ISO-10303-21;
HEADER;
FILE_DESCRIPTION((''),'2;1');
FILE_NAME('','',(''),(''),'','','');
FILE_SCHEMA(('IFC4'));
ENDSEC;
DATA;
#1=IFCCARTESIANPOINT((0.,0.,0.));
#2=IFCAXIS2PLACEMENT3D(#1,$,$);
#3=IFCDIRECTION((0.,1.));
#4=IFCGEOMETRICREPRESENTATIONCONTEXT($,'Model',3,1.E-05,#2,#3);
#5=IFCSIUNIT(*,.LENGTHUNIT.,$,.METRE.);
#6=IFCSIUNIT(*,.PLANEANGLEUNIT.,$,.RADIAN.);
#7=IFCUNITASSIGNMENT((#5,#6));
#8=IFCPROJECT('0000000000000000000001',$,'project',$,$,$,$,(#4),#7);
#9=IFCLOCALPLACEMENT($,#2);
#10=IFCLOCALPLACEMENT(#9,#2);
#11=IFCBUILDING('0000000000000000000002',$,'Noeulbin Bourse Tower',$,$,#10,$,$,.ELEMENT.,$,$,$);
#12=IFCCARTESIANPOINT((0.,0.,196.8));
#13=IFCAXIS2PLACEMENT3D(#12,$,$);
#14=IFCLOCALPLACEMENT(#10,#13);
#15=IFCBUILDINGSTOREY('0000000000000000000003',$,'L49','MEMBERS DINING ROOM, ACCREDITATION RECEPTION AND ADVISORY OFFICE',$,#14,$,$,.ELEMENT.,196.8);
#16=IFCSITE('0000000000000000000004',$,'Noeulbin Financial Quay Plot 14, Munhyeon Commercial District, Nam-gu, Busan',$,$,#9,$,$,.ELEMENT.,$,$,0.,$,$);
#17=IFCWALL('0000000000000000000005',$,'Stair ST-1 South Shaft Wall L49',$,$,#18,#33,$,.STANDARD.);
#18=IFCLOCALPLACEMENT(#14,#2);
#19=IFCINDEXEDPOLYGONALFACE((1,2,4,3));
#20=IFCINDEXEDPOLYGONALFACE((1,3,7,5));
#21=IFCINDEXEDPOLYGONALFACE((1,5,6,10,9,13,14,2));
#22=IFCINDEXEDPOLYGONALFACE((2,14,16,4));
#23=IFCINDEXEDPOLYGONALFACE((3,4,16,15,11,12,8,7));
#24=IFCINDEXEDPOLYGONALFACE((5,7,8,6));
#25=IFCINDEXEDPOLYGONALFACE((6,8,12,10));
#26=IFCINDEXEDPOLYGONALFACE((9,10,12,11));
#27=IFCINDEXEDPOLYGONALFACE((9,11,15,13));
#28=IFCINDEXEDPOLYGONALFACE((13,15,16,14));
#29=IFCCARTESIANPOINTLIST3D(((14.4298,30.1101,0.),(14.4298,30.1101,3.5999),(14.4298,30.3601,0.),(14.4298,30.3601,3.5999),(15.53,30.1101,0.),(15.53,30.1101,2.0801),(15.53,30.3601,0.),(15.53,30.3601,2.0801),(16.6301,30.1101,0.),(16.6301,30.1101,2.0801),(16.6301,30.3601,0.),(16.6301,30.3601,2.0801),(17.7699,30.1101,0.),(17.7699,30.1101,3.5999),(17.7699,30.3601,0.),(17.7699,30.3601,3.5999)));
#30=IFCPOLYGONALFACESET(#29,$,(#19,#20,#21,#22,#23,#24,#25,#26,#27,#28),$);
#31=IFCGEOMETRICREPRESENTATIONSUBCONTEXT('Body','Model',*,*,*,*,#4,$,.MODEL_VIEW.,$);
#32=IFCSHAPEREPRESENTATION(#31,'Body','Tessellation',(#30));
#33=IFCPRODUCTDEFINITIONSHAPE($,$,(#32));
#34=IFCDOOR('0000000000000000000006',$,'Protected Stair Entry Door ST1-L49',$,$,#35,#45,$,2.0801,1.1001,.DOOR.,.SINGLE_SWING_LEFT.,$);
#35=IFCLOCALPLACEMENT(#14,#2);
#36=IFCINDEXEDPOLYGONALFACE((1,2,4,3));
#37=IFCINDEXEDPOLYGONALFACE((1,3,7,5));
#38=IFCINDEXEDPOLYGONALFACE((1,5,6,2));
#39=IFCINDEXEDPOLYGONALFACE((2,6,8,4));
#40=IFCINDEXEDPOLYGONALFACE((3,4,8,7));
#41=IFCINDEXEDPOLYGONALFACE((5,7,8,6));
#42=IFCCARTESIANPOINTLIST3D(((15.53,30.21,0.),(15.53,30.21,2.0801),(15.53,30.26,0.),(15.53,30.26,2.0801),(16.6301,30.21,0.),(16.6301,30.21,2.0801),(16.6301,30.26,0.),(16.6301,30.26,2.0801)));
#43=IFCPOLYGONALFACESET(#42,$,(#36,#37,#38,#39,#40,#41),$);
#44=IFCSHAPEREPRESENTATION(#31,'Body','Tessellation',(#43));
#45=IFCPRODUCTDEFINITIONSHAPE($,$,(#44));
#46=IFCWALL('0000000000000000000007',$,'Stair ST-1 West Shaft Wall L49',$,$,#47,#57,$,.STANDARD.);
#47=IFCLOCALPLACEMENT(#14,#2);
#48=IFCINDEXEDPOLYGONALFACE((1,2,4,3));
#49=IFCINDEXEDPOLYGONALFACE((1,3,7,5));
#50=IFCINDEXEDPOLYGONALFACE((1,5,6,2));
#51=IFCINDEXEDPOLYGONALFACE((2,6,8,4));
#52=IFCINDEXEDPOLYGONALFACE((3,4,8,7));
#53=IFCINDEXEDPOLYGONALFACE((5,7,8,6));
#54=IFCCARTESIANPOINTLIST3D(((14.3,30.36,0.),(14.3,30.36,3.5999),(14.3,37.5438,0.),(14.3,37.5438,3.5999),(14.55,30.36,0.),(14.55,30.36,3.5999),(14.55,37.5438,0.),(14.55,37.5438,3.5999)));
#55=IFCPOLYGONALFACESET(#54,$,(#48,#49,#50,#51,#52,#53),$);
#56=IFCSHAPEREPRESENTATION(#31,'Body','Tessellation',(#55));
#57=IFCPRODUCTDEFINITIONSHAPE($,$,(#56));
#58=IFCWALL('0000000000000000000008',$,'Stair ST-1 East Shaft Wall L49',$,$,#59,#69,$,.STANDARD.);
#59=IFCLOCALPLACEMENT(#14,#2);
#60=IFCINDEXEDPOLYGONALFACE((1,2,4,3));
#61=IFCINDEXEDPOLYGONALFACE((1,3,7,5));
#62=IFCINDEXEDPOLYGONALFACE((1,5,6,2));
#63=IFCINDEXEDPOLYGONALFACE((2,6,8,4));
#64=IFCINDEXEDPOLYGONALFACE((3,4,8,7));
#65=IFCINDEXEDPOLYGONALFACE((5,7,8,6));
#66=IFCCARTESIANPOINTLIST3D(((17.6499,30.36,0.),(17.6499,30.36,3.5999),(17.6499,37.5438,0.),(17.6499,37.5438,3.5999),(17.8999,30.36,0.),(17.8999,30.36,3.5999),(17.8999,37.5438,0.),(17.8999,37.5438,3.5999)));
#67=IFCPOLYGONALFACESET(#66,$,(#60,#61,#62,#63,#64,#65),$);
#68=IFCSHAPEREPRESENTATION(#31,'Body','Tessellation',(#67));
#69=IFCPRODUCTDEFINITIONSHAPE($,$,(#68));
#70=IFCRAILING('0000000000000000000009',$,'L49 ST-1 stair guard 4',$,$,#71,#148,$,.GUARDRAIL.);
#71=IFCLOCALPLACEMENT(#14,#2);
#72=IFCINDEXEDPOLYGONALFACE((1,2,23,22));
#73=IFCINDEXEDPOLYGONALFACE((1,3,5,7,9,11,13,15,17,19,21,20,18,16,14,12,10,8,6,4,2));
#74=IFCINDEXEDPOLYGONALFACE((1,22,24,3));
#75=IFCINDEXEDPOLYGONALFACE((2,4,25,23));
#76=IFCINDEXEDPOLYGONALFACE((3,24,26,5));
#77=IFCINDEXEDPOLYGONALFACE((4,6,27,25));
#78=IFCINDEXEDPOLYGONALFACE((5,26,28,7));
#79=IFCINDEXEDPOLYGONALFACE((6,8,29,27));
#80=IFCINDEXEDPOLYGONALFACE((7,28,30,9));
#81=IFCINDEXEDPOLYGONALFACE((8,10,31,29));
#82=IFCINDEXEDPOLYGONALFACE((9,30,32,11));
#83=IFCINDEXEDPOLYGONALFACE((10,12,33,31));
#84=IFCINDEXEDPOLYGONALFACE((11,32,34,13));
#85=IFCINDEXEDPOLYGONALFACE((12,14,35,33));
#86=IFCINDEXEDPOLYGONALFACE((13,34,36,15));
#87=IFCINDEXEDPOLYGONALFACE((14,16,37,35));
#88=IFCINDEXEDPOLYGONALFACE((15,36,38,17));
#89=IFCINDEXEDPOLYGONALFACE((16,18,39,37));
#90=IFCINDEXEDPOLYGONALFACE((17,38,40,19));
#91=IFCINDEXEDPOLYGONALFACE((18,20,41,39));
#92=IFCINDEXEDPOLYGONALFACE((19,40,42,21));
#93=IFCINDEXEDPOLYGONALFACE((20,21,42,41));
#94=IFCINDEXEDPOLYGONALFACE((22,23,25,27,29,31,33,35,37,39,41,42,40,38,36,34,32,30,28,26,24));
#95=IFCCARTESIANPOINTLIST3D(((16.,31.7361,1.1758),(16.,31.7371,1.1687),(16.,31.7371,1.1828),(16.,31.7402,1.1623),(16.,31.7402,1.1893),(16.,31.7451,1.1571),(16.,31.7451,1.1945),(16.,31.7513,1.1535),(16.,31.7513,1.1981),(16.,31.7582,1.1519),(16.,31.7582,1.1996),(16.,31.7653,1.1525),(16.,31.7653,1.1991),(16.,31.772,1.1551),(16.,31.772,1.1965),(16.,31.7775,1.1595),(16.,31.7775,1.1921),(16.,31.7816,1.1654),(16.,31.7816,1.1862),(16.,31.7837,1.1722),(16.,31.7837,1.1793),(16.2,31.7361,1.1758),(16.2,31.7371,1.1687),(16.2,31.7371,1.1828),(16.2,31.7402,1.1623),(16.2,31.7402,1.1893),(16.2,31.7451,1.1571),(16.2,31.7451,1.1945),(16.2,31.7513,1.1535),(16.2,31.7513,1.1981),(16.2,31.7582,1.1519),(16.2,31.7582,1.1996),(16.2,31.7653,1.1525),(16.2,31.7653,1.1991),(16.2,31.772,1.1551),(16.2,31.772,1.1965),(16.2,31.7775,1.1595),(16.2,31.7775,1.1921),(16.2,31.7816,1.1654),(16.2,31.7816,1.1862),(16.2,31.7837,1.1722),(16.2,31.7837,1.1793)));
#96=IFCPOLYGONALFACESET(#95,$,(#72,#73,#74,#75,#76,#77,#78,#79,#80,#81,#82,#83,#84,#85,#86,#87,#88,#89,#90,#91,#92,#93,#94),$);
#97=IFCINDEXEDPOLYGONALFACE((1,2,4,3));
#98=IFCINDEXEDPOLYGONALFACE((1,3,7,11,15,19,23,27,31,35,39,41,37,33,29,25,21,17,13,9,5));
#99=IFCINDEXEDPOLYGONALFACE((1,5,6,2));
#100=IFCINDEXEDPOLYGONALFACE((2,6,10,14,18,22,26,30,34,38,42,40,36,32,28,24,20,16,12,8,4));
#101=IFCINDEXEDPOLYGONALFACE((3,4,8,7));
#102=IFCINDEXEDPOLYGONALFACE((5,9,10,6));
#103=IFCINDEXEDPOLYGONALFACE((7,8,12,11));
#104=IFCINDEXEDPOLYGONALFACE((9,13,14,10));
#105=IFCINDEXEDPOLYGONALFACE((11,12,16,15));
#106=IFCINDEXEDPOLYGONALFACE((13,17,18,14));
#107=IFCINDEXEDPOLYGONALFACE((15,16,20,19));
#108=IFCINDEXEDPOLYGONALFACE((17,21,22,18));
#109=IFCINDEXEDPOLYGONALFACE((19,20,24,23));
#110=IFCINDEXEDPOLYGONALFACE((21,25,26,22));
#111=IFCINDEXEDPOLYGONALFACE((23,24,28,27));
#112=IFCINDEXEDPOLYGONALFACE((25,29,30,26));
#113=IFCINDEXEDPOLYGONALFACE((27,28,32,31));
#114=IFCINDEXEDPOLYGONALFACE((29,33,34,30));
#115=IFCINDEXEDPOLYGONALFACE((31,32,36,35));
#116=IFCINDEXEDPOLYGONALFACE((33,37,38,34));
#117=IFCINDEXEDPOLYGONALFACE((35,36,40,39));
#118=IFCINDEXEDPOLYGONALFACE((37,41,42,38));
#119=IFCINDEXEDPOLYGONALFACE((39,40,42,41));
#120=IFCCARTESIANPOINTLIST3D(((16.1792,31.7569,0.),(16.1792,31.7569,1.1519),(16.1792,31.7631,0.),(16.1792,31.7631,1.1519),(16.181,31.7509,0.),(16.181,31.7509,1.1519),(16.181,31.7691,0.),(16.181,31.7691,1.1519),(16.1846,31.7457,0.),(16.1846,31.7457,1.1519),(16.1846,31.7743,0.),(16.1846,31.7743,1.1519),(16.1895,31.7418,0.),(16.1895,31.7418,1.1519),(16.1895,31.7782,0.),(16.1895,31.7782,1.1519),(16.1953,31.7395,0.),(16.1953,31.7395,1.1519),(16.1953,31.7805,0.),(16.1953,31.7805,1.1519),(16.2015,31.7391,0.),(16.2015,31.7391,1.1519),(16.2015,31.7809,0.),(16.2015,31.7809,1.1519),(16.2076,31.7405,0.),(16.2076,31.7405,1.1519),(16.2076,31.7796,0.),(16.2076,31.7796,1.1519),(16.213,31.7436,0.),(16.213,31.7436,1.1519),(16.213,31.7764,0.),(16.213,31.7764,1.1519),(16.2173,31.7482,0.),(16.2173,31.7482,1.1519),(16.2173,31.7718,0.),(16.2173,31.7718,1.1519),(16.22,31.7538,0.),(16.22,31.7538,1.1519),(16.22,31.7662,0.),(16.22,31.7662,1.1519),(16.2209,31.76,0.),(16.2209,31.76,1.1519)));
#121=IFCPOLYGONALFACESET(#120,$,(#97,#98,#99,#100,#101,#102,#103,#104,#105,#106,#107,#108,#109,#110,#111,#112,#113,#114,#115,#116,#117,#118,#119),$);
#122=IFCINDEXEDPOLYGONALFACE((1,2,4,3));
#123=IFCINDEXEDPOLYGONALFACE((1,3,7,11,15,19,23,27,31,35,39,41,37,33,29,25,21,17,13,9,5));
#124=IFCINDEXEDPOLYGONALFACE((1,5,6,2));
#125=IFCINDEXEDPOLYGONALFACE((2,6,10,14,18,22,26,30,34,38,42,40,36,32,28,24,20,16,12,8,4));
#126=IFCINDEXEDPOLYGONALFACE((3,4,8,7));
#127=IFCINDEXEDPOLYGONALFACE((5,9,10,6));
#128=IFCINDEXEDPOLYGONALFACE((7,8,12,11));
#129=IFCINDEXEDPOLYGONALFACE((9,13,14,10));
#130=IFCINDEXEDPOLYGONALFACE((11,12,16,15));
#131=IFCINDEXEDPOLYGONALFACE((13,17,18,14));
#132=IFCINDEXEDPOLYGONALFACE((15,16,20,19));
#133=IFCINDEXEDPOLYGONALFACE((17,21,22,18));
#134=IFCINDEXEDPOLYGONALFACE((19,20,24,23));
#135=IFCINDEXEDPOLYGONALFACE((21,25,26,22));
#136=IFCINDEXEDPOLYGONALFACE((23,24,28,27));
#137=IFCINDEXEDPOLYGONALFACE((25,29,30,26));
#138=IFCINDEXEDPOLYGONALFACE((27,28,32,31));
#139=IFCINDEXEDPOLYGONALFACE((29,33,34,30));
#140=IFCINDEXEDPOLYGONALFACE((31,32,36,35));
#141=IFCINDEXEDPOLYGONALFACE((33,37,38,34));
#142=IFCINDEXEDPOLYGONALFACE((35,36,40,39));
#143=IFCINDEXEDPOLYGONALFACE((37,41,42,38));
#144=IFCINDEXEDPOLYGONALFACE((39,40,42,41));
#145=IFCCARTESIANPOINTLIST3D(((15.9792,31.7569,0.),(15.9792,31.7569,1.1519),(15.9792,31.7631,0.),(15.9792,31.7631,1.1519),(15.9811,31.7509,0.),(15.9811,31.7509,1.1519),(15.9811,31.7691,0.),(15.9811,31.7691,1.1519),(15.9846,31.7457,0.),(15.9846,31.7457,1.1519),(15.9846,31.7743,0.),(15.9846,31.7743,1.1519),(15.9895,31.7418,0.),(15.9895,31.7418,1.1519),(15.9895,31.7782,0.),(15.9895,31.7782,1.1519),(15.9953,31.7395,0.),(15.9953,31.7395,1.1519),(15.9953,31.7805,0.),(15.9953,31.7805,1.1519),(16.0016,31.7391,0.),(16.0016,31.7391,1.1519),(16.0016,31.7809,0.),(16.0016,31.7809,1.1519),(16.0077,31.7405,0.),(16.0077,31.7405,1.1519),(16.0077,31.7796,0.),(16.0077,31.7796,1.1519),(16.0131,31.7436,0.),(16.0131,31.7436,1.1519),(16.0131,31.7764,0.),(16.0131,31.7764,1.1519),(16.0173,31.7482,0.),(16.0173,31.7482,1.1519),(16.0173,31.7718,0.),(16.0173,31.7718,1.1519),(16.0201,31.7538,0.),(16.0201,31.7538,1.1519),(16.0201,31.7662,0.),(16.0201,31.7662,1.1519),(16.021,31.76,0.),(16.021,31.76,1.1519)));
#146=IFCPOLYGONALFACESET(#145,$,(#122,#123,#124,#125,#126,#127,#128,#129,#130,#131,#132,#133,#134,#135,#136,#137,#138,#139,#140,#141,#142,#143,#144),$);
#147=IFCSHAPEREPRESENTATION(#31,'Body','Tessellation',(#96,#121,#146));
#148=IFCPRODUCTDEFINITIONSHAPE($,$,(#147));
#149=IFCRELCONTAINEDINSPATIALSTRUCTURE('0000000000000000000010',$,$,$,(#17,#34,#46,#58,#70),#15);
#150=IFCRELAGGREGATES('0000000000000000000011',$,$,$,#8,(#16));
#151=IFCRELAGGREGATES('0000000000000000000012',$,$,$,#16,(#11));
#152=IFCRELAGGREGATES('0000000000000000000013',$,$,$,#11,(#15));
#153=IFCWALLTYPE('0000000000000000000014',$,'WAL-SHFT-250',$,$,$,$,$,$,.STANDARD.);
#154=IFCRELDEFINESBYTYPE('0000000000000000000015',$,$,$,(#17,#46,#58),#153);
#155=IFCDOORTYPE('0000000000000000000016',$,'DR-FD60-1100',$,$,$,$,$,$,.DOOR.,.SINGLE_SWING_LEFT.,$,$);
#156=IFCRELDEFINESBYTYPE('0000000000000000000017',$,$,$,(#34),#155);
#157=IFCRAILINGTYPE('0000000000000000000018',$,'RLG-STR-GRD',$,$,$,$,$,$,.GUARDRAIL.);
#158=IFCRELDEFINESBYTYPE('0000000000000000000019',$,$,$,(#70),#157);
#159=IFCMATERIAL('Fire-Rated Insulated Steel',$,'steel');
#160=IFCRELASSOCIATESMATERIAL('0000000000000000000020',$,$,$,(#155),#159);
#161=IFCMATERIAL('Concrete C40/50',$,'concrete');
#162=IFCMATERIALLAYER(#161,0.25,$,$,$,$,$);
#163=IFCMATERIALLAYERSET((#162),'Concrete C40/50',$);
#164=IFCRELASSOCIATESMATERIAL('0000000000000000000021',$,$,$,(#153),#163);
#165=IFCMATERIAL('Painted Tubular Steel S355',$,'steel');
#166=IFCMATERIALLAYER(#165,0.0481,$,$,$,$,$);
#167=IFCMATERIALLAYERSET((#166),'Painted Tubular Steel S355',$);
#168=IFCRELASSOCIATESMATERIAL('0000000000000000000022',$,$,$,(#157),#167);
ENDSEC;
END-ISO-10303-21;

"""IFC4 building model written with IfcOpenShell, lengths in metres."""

from ifc_helpers import new_model, si_unit, direction, frame, frame_2d, origin, origin_2d, place, context, subcontext, project, spatial, rectangle, circle, extrude, material, layer, layer_set, type_object, element, fill, save


model = new_model("IFC4")

# Units and contexts
model_context = context("Model", 3, precision=1e-05, world=origin(), true_north=direction((0.0, 1.0)))
body_context = subcontext(model_context, "Body", "Model", "MODEL_VIEW")
ifc_project = project(units=[si_unit("LENGTHUNIT", "METRE"), si_unit("PLANEANGLEUNIT", "RADIAN")], contexts=[model_context])

# Site, building, storey
site_placement = place(None, origin())
site = spatial("IfcSite", under=ifc_project, at=site_placement, Name="Noeulbin Financial Quay Plot 14, Munhyeon Commercial District, Nam-gu, Busan", CompositionType="ELEMENT", RefElevation=0.0)
building_placement = place(site_placement, origin())
building = spatial("IfcBuilding", under=site, at=building_placement, Name="Noeulbin Bourse Tower", CompositionType="ELEMENT")
storey_placement = place(building_placement, frame((0.0, 0.0, 196.8)))
storey = spatial("IfcBuildingStorey", under=building, at=storey_placement, Name="L49", Description="MEMBERS DINING ROOM, ACCREDITATION RECEPTION AND ADVISORY OFFICE", CompositionType="ELEMENT", Elevation=196.8)

# Shared definitions
ifc_material_1 = material(Name="Fire-Rated Insulated Steel", Category="steel")
door_type_1 = type_object("IfcDoorType", Name="DR-FD60-1100", OperationType="SINGLE_SWING_LEFT", PredefinedType="DOOR", material=ifc_material_1)

# Shared definitions
ifc_material_2 = material(Name="Concrete C40/50", Category="concrete")

# Wall, opening, door
ifc_layer_1 = layer(ifc_material_2, 0.25)
ifc_layer_set_1 = layer_set([ifc_layer_1], Name="Concrete C40/50")
wall_type_1 = type_object("IfcWallType", Name="WAL-SHFT-250", PredefinedType="STANDARD", material=ifc_layer_set_1)
wall_1_placement = place(storey_placement, frame((14.4299, 30.2351, 0.0), z_axis=(0.0, 0.0, 1.0), x_axis=(1.0, 0.0, 0.0)))
wall_1 = element("IfcWall", 1, at=wall_1_placement, inside=storey, type_object=wall_type_1, Name="Stair ST-1 South Shaft Wall L49", PredefinedType="STANDARD", context=body_context, shape_type="SweptSolid", body=[
    extrude(rectangle(XDim=3.3401, YDim=0.25, at=frame_2d((1.6699, 0.0))), origin(), (0.0, 0.0, 1.0), 3.5999),
])
opening_1_placement = place(wall_1_placement, frame((1.1001, 0.0, 0.0)))
opening_1 = element("IfcOpeningElement", 2, at=opening_1_placement, cuts=wall_1, PredefinedType="OPENING", context=body_context, shape_type="SweptSolid", body=[
    extrude(rectangle(XDim=1.1001, YDim=2.0801, at=frame_2d((0.55, 1.04))), frame((0.0, 0.135, 0.0), z_axis=(0.0, -1.0, 0.0), x_axis=(1.0, 0.0, 0.0)), (0.0, 0.0, 1.0), 0.27),
])
door_1_placement = place(opening_1_placement, origin())
door_1 = element("IfcDoor", 3, at=door_1_placement, inside=storey, type_object=door_type_1, Name="Protected Stair Entry Door ST1-L49", OperationType="SINGLE_SWING_LEFT", OverallHeight=2.0801, OverallWidth=1.1001, PredefinedType="DOOR", context=body_context, shape_type="SweptSolid", body=[
    extrude(rectangle(XDim=1.1001, YDim=2.0801, at=frame_2d((0.55, 1.04))), frame((0.0, 0.0249, 0.0), z_axis=(0.0, -1.0, 0.0), x_axis=(1.0, 0.0, 0.0)), (0.0, 0.0, 1.0), 0.05),
])
fill(opening_1, door_1)

# Walls
for number, where, z_axis, x_axis, name in (
    (4, (14.425, 30.3601, 0.0), (0.0, 0.0, 1.0), (0.0, 1.0, 0.0), "Stair ST-1 West Shaft Wall L49"),
    (5, (17.7749, 30.3601, 0.0), (0.0, 0.0, 1.0), (0.0, 1.0, 0.0), "Stair ST-1 East Shaft Wall L49"),
):
    element("IfcWall", number, at=place(storey_placement, frame(where, z_axis=z_axis, x_axis=x_axis)), inside=storey, type_object=wall_type_1, Name=name, PredefinedType="STANDARD", context=body_context, shape_type="SweptSolid", body=[
        extrude(rectangle(XDim=7.1838, YDim=0.25, at=frame_2d((3.5918, 0.0))), origin(), (0.0, 0.0, 1.0), 3.5999),
    ])

# Railing
ifc_material_3 = material(Name="Painted Tubular Steel S355", Category="steel")
ifc_layer_2 = layer(ifc_material_3, 0.0481)
ifc_layer_set_2 = layer_set([ifc_layer_2], Name="Painted Tubular Steel S355")
railing_type = type_object("IfcRailingType", Name="RLG-STR-GRD", PredefinedType="GUARDRAIL", material=ifc_layer_set_2)
railing_placement = place(storey_placement, frame((16.2, 31.76, 0.0)))
element("IfcRailing", 6, at=railing_placement, inside=storey, type_object=railing_type, Name="L49 ST-1 stair guard 4", PredefinedType="GUARDRAIL", context=body_context, shape_type="SweptSolid", body=[
    extrude(circle(Radius=0.0239, at=origin_2d()), frame((0.0, 0.0, 1.1758), z_axis=(-1.0, 0.0, 0.0), x_axis=(0.0, -1.0, 0.0)), (0.0, 0.0, 1.0), 0.2),
    extrude(circle(Radius=0.021, at=origin_2d()), origin(), (0.0, 0.0, 1.0), 1.1519),
    extrude(circle(Radius=0.021, at=origin_2d()), frame((-0.2, 0.0, 0.0)), (0.0, 0.0, 1.0), 1.1519),
])

save(model, "model.ifc")
